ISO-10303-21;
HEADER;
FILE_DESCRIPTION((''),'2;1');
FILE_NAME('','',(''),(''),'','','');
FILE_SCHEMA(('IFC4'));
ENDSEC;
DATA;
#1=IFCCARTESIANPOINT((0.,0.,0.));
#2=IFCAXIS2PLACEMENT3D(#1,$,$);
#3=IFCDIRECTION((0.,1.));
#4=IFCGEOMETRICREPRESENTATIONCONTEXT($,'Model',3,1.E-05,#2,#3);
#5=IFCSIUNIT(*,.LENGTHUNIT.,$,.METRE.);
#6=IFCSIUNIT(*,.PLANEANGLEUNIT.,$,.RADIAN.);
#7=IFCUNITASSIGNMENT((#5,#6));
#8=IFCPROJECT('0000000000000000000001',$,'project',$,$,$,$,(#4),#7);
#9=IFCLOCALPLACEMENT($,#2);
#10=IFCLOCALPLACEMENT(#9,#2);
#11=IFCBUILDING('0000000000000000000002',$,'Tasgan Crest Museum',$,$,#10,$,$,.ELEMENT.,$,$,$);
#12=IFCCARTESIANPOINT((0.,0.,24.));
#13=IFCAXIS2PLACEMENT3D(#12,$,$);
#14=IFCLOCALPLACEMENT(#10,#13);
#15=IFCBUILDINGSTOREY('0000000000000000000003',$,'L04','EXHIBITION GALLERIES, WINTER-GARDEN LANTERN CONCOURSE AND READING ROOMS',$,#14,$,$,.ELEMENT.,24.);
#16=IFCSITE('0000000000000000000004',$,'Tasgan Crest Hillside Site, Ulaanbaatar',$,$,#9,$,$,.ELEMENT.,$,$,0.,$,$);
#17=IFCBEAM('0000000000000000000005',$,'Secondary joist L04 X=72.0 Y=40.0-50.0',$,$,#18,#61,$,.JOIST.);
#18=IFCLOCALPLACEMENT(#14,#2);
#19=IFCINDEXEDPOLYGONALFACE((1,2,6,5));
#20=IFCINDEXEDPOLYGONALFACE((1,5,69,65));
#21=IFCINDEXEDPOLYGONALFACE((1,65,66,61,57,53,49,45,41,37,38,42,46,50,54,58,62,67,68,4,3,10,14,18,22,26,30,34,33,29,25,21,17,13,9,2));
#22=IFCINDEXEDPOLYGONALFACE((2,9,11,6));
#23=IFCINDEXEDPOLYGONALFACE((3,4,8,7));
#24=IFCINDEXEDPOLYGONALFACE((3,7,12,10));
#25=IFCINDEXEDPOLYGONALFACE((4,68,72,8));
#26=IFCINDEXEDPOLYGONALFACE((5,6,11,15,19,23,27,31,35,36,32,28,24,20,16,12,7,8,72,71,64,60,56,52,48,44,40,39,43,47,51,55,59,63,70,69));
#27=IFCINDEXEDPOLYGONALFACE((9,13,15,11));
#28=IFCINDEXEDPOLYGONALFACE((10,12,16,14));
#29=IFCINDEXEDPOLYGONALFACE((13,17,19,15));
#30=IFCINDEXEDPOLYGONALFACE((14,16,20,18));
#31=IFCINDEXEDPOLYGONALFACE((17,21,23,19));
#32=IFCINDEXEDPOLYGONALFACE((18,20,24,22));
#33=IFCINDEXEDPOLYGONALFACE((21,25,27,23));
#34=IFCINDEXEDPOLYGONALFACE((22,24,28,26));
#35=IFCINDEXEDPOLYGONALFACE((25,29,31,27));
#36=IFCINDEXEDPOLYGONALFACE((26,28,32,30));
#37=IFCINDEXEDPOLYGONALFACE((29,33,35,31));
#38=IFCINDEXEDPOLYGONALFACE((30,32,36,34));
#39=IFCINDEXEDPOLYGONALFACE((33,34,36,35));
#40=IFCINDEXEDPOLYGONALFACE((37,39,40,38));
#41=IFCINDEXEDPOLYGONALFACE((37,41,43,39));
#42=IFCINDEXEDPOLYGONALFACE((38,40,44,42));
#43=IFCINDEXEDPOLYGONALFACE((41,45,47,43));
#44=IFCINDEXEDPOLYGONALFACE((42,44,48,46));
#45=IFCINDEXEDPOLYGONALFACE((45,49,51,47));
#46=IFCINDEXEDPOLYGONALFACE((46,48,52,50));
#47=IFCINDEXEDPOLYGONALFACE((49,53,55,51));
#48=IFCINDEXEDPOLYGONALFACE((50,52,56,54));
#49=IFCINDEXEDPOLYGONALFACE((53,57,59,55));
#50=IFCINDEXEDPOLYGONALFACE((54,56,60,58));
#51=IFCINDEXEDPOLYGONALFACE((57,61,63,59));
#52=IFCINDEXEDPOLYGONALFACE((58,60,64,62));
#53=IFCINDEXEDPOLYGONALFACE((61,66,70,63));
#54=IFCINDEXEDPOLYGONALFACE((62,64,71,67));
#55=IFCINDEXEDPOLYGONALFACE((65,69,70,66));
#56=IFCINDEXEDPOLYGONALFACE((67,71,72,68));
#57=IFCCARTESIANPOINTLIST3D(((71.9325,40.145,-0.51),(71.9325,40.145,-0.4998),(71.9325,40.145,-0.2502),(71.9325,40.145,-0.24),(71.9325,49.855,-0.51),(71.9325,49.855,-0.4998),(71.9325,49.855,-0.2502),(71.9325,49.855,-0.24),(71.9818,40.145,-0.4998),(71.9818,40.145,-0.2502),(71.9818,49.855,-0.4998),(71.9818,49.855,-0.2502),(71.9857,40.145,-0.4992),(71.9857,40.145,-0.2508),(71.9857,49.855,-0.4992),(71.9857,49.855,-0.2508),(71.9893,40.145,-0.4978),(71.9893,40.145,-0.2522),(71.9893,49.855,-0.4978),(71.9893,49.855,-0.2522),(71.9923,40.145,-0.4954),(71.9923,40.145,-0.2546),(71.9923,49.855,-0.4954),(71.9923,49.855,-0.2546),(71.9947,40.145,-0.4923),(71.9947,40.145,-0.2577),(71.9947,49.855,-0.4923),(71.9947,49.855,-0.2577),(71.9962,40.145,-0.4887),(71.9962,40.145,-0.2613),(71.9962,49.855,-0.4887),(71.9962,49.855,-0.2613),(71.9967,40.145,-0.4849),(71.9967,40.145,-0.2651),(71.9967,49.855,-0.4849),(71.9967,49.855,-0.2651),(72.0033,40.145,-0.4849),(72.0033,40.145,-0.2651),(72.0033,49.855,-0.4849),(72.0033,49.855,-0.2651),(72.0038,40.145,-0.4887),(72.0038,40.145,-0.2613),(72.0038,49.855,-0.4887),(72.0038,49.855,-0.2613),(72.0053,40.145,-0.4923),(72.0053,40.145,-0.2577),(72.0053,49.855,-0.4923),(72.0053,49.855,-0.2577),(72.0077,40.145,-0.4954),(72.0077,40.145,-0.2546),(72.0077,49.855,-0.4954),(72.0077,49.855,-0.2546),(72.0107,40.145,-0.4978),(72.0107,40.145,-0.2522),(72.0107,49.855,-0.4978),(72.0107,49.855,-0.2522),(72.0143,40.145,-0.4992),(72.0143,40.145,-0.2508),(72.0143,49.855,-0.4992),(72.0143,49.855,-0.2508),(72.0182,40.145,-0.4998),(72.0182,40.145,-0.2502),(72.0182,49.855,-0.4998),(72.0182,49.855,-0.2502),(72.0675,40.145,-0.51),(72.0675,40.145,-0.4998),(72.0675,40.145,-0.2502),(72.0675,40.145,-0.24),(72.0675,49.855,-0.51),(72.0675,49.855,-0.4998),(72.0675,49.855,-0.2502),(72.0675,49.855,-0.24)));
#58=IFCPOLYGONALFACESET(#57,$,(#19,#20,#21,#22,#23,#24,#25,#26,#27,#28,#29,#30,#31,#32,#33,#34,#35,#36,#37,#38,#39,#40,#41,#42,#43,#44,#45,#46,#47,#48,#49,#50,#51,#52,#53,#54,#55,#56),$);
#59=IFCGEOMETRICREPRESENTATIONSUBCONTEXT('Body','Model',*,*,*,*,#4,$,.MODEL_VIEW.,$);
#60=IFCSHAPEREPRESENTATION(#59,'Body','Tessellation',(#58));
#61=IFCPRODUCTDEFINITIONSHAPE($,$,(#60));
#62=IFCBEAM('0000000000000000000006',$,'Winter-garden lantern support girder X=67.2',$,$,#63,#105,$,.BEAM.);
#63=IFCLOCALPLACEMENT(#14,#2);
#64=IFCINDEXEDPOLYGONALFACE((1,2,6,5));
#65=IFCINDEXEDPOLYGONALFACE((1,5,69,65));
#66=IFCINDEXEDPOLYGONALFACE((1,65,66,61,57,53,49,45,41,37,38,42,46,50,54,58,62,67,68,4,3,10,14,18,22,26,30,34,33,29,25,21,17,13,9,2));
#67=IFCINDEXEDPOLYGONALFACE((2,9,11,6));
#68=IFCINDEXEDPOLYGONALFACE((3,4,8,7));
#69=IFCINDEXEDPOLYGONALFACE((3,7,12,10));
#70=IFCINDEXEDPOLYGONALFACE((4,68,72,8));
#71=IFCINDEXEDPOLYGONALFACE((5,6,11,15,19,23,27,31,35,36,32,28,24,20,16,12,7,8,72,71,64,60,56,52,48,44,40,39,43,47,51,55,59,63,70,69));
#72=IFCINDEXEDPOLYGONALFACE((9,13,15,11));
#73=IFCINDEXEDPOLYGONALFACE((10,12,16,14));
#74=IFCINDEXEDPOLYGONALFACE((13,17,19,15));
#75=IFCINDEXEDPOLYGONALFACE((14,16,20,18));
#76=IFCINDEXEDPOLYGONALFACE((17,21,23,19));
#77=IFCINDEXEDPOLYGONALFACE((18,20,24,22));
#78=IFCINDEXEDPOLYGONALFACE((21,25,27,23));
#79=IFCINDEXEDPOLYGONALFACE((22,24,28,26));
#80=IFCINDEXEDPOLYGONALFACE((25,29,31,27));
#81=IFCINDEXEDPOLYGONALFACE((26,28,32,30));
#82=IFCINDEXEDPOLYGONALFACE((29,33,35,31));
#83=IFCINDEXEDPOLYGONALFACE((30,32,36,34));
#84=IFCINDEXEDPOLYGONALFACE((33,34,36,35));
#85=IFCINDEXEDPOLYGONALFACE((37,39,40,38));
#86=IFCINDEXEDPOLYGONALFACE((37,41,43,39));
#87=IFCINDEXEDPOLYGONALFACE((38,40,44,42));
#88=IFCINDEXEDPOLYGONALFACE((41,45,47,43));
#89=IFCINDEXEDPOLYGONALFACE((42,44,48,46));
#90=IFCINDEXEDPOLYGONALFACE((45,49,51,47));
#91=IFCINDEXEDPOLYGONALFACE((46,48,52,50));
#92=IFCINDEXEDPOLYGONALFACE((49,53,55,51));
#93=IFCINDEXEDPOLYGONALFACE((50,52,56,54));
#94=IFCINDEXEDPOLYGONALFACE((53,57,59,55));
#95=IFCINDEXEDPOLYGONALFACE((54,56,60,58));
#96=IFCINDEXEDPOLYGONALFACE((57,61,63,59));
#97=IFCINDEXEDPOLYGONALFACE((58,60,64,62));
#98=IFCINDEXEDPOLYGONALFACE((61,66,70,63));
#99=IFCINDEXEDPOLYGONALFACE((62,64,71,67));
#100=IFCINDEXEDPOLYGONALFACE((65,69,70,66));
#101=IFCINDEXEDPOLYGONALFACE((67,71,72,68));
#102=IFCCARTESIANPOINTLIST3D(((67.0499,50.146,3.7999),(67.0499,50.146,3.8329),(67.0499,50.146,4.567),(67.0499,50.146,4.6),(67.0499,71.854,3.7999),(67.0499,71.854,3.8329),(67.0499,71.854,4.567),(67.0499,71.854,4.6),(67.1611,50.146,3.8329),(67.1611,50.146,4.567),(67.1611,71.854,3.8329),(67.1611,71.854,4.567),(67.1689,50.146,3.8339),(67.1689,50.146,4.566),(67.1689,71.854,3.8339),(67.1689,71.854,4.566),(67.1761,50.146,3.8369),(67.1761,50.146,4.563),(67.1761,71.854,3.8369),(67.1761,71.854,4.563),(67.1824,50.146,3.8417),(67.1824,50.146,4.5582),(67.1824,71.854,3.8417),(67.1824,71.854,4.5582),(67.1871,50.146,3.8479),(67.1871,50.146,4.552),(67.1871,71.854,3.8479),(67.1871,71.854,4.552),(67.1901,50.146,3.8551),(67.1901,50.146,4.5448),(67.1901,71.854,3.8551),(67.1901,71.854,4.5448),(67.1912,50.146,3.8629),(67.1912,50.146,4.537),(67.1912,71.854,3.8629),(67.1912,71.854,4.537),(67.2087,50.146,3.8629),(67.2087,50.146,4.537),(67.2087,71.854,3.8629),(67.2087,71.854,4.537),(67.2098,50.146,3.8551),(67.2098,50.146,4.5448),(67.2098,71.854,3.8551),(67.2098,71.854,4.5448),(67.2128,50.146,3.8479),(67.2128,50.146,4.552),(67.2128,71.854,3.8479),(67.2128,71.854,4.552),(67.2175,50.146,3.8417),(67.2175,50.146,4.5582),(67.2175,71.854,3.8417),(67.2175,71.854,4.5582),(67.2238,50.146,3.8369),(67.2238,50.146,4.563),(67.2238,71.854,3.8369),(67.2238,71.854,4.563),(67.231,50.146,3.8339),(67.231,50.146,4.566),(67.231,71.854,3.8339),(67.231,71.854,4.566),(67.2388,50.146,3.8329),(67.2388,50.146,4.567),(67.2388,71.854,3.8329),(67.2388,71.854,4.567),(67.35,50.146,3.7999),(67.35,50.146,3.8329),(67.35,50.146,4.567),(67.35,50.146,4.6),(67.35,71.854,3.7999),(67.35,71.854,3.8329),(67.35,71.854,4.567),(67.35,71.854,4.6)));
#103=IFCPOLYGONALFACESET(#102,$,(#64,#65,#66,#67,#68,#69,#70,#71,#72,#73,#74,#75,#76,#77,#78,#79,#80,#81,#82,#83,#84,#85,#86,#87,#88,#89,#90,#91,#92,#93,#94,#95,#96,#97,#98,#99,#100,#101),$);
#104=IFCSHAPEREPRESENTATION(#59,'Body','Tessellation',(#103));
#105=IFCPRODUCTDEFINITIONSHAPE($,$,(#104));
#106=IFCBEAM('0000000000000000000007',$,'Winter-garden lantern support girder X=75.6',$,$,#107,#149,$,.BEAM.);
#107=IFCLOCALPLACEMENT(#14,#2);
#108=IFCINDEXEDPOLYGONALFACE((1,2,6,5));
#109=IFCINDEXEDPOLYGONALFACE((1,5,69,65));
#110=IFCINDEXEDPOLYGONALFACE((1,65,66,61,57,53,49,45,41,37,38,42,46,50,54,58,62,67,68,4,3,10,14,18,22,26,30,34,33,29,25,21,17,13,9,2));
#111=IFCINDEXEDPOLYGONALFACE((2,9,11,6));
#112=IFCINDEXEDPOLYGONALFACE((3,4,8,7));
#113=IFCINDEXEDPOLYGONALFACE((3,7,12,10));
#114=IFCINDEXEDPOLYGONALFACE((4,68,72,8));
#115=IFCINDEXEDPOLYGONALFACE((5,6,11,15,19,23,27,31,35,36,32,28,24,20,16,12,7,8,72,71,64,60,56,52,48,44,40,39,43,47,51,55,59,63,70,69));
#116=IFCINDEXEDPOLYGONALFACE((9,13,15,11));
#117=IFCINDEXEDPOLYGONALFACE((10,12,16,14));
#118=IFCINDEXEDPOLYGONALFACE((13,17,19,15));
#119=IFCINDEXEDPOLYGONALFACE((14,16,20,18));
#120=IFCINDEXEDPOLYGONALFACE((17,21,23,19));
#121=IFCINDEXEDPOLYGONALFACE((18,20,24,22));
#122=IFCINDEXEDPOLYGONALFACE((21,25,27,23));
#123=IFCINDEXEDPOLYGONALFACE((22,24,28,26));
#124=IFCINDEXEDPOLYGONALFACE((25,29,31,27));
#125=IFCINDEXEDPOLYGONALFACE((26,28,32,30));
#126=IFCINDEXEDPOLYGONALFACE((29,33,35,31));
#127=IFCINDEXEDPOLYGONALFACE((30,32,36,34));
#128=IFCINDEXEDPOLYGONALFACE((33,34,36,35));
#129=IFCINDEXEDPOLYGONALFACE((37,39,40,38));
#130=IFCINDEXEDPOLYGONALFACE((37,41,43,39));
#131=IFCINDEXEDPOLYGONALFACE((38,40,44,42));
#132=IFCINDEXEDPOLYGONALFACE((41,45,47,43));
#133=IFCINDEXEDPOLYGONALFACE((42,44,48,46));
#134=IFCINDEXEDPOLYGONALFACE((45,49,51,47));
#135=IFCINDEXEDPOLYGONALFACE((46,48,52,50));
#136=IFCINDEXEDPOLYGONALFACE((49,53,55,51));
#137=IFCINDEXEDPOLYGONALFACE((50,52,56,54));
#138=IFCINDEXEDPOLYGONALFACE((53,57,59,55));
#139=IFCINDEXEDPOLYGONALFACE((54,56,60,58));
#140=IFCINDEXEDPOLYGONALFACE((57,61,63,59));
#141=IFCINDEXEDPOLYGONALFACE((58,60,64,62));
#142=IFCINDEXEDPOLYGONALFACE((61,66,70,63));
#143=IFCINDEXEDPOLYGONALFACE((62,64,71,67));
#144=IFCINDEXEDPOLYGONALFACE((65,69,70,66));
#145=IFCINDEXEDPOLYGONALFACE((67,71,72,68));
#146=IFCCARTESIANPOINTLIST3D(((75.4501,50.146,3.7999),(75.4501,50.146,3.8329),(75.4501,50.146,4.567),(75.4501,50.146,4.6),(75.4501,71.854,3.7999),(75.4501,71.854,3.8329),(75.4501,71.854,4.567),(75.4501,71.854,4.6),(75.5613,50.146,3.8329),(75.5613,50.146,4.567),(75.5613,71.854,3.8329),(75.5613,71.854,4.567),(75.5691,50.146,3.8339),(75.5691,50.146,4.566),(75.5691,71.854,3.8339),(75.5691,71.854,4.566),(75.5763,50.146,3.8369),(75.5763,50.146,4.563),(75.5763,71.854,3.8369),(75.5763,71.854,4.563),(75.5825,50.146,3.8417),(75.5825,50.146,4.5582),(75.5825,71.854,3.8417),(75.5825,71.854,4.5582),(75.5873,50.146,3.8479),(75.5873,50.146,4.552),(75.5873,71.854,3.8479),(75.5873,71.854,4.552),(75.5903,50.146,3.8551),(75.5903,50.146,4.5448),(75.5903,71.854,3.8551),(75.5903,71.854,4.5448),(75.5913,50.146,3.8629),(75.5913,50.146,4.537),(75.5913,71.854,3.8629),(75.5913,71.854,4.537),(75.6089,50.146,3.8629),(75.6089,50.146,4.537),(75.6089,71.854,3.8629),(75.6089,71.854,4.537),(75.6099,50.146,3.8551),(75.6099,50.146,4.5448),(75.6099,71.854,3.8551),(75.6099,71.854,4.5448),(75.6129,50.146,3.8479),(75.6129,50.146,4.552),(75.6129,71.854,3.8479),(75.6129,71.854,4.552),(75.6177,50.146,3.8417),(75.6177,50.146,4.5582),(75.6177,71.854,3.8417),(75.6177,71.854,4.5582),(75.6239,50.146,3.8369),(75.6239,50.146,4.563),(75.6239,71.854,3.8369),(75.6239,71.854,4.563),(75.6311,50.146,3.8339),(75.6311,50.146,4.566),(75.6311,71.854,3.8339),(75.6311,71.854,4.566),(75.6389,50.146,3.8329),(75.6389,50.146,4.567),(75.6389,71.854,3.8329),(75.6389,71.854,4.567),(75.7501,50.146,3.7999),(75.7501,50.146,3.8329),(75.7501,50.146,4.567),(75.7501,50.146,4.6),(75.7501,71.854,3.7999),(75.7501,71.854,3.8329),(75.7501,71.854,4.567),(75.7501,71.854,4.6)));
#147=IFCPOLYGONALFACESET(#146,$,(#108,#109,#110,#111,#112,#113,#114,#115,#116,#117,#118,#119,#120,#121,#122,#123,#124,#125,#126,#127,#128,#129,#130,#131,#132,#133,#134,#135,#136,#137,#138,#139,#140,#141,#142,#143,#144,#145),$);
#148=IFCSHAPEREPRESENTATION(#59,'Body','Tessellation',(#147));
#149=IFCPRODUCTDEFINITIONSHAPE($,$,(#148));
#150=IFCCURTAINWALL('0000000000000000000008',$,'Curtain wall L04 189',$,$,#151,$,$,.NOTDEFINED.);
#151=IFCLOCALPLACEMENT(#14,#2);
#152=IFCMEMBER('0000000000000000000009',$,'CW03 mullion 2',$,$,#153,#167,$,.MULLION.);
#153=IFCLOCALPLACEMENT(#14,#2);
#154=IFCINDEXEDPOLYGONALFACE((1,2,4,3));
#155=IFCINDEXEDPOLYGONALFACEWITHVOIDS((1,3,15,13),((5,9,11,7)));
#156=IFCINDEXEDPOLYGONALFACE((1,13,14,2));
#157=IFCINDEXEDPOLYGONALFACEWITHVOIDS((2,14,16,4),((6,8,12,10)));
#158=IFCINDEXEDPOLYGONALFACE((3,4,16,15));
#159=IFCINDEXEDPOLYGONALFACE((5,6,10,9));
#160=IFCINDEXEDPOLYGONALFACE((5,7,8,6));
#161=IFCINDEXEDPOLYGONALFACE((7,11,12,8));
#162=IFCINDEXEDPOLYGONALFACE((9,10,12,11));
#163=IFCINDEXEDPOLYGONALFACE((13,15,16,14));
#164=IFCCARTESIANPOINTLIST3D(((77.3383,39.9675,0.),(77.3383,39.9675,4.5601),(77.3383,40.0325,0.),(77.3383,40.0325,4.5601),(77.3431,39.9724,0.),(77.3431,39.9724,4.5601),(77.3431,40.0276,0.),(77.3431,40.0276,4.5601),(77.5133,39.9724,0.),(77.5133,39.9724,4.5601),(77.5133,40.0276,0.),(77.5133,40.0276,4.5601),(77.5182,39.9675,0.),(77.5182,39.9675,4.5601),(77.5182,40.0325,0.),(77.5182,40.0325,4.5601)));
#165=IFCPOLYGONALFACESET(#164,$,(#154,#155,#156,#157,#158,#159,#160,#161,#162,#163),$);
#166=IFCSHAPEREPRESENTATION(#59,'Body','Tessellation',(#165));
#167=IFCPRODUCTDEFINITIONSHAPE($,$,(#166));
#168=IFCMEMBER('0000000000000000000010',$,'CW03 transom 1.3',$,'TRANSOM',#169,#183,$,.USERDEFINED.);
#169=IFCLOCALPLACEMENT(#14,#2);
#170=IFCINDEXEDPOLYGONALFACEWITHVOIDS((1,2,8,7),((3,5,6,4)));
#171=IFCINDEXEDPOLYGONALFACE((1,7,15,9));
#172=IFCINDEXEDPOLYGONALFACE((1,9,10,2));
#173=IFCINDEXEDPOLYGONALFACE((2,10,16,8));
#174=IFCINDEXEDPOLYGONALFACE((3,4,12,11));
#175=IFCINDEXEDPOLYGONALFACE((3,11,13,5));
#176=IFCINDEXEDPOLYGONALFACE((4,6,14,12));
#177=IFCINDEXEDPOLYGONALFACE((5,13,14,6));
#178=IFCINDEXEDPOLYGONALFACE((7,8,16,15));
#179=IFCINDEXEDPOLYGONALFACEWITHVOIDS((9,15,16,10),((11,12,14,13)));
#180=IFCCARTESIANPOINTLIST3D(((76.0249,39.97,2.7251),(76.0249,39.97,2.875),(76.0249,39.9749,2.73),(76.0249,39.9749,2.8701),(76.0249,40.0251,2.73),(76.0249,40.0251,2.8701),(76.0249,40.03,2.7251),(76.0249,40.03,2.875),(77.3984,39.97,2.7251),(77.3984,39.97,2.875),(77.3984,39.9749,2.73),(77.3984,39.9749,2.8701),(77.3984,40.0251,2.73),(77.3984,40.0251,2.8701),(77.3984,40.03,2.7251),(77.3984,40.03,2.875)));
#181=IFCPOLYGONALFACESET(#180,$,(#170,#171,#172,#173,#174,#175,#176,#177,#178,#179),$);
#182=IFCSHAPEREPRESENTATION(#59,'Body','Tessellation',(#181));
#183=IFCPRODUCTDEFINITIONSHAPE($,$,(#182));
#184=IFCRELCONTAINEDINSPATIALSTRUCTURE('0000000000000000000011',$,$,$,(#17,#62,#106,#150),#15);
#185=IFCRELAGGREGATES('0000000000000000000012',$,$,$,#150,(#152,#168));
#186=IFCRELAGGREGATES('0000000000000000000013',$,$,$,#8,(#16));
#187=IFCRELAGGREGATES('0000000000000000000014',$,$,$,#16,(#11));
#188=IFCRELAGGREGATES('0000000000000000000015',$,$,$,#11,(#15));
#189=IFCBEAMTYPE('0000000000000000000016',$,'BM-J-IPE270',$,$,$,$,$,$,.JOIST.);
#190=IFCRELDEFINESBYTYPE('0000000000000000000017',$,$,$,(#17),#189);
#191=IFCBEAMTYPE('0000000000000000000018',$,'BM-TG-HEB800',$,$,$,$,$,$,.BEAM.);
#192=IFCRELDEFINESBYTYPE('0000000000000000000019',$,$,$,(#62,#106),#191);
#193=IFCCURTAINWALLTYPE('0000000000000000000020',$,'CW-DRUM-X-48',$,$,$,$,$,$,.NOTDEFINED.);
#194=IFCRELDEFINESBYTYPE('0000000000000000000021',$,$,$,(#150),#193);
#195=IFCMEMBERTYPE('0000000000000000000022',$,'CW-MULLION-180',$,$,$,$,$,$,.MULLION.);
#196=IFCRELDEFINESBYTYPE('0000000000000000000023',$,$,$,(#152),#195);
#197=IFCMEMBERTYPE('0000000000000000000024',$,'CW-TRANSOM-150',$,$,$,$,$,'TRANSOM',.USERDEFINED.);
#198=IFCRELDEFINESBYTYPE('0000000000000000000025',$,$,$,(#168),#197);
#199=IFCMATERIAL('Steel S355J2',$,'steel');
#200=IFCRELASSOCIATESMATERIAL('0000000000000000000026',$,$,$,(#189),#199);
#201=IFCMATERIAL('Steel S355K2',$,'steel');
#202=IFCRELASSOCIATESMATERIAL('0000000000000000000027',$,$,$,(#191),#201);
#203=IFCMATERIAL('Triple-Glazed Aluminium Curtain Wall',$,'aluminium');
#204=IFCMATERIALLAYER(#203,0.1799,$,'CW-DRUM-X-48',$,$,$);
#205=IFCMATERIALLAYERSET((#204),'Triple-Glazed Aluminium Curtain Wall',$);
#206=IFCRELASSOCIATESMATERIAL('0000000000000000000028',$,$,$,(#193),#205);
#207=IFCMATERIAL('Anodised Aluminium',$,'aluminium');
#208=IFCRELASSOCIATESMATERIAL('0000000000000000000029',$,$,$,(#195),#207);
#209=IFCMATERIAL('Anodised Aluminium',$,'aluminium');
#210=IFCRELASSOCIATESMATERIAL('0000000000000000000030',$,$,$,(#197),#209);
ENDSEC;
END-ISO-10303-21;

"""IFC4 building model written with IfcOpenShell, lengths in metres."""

from ifc_helpers import new_model, si_unit, direction, frame, origin, origin_2d, place, context, subcontext, project, spatial, hollow_rectangle, i_section, extrude, material, layer, layer_set, material_profile, profile_set, type_object, element, aggregate, save


model = new_model("IFC4")

# Units and contexts
model_context = context("Model", 3, precision=1e-05, world=origin(), true_north=direction((0.0, 1.0)))
body_context = subcontext(model_context, "Body", "Model", "MODEL_VIEW")
ifc_project = project(units=[si_unit("LENGTHUNIT", "METRE"), si_unit("PLANEANGLEUNIT", "RADIAN")], contexts=[model_context])

# Site, building, storey
site_placement = place(None, origin())
site = spatial("IfcSite", under=ifc_project, at=site_placement, Name="Tasgan Crest Hillside Site, Ulaanbaatar", CompositionType="ELEMENT", RefElevation=0.0)
building_placement = place(site_placement, origin())
building = spatial("IfcBuilding", under=site, at=building_placement, Name="Tasgan Crest Museum", CompositionType="ELEMENT")
storey_placement = place(building_placement, frame((0.0, 0.0, 24.0)))
storey = spatial("IfcBuildingStorey", under=building, at=storey_placement, Name="L04", Description="EXHIBITION GALLERIES, WINTER-GARDEN LANTERN CONCOURSE AND READING ROOMS", CompositionType="ELEMENT", Elevation=24.0)

# Beams
ifc_material_1 = material(Name="Steel S355J2", Category="steel")
ifc_material_profile_1 = material_profile(ifc_material_1, i_section(OverallWidth=0.135, OverallDepth=0.27, WebThickness=0.0066, FlangeThickness=0.0103, FilletRadius=0.0149, at=origin_2d()), Name="IPE 270")
ifc_profile_set_1 = profile_set([ifc_material_profile_1], Name="Steel S355J2")
beam_type_1 = type_object("IfcBeamType", Name="BM-J-IPE270", PredefinedType="JOIST", material=ifc_profile_set_1)
for number, where, z_axis, x_axis, name in (
    (1, (72.0, 40.145, -0.375), (0.0, 1.0, 0.0), (-1.0, 0.0, 0.0), "Secondary joist L04 X=72.0 Y=40.0-50.0"),
):
    element("IfcBeam", number, at=place(storey_placement, frame(where, z_axis=z_axis, x_axis=x_axis)), inside=storey, type_object=beam_type_1, Name=name, PredefinedType="JOIST", context=body_context, shape_type="SweptSolid", body=[
        extrude(i_section(OverallWidth=0.135, OverallDepth=0.27, WebThickness=0.0066, FlangeThickness=0.0103, FilletRadius=0.0149, at=origin_2d()), origin(), (0.0, 0.0, 1.0), 9.71),
    ])
ifc_material_2 = material(Name="Steel S355K2", Category="steel")
ifc_material_profile_2 = material_profile(ifc_material_2, i_section(OverallWidth=0.3, OverallDepth=0.8, WebThickness=0.0176, FlangeThickness=0.033, FilletRadius=0.03, at=origin_2d()), Name="HEB 800")
ifc_profile_set_2 = profile_set([ifc_material_profile_2], Name="Steel S355K2")
beam_type_2 = type_object("IfcBeamType", Name="BM-TG-HEB800", PredefinedType="BEAM", material=ifc_profile_set_2)
for number, where, z_axis, x_axis, name in (
    (2, (67.2, 50.146, 4.2), (0.0, 1.0, 0.0), (-1.0, 0.0, 0.0), "Winter-garden lantern support girder X=67.2"),
    (3, (75.6001, 50.146, 4.2), (0.0, 1.0, 0.0), (-1.0, 0.0, 0.0), "Winter-garden lantern support girder X=75.6"),
):
    element("IfcBeam", number, at=place(storey_placement, frame(where, z_axis=z_axis, x_axis=x_axis)), inside=storey, type_object=beam_type_2, Name=name, PredefinedType="BEAM", context=body_context, shape_type="SweptSolid", body=[
        extrude(i_section(OverallWidth=0.3, OverallDepth=0.8, WebThickness=0.0176, FlangeThickness=0.033, FilletRadius=0.03, at=origin_2d()), origin(), (0.0, 0.0, 1.0), 21.708),
    ])

# Curtain wall, members
ifc_material_3 = material(Name="Triple-Glazed Aluminium Curtain Wall", Category="aluminium")
ifc_layer_1 = layer(ifc_material_3, 0.1799, Name="CW-DRUM-X-48")
ifc_layer_set_1 = layer_set([ifc_layer_1], Name="Triple-Glazed Aluminium Curtain Wall")
curtain_wall_type = type_object("IfcCurtainWallType", Name="CW-DRUM-X-48", PredefinedType="NOTDEFINED", material=ifc_layer_set_1)
curtain_wall_placement = place(storey_placement, origin())
curtain_wall = element("IfcCurtainWall", 4, at=curtain_wall_placement, inside=storey, type_object=curtain_wall_type, Name="Curtain wall L04 189", PredefinedType="NOTDEFINED")
ifc_material_4 = material(Name="Anodised Aluminium", Category="aluminium")
ifc_material_profile_3 = material_profile(ifc_material_4, hollow_rectangle(XDim=0.0649, YDim=0.1799, WallThickness=0.0049, at=origin_2d()), Name="ALU MULLION 180x65x5")
ifc_profile_set_3 = profile_set([ifc_material_profile_3], Name="Anodised Aluminium")
member_type_1 = type_object("IfcMemberType", Name="CW-MULLION-180", PredefinedType="MULLION", material=ifc_profile_set_3)
member_1_placement = place(storey_placement, frame((77.4282, 40.0, 0.0), z_axis=(0.0, 0.0, 1.0), x_axis=(0.0, 1.0, 0.0)))
member_1 = element("IfcMember", 5, at=member_1_placement, type_object=member_type_1, Name="CW03 mullion 2", PredefinedType="MULLION", context=body_context, shape_type="SweptSolid", body=[
    extrude(hollow_rectangle(XDim=0.0649, YDim=0.1799, WallThickness=0.0049, at=origin_2d()), origin(), (0.0, 0.0, 1.0), 4.5601),
])
ifc_material_5 = material(Name="Anodised Aluminium", Category="aluminium")
ifc_material_profile_4 = material_profile(ifc_material_5, hollow_rectangle(XDim=0.0601, YDim=0.1499, WallThickness=0.0049, at=origin_2d()), Name="ALU TRANSOM 150x60x5")
ifc_profile_set_4 = profile_set([ifc_material_profile_4], Name="Anodised Aluminium")
member_type_2 = type_object("IfcMemberType", Name="CW-TRANSOM-150", ElementType="TRANSOM", PredefinedType="USERDEFINED", material=ifc_profile_set_4)
member_2_placement = place(storey_placement, frame((76.0249, 40.0, 2.8), z_axis=(1.0, 0.0, 0.0), x_axis=(0.0, 1.0, 0.0)))
member_2 = element("IfcMember", 6, at=member_2_placement, type_object=member_type_2, Name="CW03 transom 1.3", ObjectType="TRANSOM", PredefinedType="USERDEFINED", context=body_context, shape_type="SweptSolid", body=[
    extrude(hollow_rectangle(XDim=0.0601, YDim=0.1499, WallThickness=0.0049, at=origin_2d()), origin(), (0.0, 0.0, 1.0), 1.3735),
])

aggregate(curtain_wall, [member_1, member_2])

save(model, "model.ifc")
